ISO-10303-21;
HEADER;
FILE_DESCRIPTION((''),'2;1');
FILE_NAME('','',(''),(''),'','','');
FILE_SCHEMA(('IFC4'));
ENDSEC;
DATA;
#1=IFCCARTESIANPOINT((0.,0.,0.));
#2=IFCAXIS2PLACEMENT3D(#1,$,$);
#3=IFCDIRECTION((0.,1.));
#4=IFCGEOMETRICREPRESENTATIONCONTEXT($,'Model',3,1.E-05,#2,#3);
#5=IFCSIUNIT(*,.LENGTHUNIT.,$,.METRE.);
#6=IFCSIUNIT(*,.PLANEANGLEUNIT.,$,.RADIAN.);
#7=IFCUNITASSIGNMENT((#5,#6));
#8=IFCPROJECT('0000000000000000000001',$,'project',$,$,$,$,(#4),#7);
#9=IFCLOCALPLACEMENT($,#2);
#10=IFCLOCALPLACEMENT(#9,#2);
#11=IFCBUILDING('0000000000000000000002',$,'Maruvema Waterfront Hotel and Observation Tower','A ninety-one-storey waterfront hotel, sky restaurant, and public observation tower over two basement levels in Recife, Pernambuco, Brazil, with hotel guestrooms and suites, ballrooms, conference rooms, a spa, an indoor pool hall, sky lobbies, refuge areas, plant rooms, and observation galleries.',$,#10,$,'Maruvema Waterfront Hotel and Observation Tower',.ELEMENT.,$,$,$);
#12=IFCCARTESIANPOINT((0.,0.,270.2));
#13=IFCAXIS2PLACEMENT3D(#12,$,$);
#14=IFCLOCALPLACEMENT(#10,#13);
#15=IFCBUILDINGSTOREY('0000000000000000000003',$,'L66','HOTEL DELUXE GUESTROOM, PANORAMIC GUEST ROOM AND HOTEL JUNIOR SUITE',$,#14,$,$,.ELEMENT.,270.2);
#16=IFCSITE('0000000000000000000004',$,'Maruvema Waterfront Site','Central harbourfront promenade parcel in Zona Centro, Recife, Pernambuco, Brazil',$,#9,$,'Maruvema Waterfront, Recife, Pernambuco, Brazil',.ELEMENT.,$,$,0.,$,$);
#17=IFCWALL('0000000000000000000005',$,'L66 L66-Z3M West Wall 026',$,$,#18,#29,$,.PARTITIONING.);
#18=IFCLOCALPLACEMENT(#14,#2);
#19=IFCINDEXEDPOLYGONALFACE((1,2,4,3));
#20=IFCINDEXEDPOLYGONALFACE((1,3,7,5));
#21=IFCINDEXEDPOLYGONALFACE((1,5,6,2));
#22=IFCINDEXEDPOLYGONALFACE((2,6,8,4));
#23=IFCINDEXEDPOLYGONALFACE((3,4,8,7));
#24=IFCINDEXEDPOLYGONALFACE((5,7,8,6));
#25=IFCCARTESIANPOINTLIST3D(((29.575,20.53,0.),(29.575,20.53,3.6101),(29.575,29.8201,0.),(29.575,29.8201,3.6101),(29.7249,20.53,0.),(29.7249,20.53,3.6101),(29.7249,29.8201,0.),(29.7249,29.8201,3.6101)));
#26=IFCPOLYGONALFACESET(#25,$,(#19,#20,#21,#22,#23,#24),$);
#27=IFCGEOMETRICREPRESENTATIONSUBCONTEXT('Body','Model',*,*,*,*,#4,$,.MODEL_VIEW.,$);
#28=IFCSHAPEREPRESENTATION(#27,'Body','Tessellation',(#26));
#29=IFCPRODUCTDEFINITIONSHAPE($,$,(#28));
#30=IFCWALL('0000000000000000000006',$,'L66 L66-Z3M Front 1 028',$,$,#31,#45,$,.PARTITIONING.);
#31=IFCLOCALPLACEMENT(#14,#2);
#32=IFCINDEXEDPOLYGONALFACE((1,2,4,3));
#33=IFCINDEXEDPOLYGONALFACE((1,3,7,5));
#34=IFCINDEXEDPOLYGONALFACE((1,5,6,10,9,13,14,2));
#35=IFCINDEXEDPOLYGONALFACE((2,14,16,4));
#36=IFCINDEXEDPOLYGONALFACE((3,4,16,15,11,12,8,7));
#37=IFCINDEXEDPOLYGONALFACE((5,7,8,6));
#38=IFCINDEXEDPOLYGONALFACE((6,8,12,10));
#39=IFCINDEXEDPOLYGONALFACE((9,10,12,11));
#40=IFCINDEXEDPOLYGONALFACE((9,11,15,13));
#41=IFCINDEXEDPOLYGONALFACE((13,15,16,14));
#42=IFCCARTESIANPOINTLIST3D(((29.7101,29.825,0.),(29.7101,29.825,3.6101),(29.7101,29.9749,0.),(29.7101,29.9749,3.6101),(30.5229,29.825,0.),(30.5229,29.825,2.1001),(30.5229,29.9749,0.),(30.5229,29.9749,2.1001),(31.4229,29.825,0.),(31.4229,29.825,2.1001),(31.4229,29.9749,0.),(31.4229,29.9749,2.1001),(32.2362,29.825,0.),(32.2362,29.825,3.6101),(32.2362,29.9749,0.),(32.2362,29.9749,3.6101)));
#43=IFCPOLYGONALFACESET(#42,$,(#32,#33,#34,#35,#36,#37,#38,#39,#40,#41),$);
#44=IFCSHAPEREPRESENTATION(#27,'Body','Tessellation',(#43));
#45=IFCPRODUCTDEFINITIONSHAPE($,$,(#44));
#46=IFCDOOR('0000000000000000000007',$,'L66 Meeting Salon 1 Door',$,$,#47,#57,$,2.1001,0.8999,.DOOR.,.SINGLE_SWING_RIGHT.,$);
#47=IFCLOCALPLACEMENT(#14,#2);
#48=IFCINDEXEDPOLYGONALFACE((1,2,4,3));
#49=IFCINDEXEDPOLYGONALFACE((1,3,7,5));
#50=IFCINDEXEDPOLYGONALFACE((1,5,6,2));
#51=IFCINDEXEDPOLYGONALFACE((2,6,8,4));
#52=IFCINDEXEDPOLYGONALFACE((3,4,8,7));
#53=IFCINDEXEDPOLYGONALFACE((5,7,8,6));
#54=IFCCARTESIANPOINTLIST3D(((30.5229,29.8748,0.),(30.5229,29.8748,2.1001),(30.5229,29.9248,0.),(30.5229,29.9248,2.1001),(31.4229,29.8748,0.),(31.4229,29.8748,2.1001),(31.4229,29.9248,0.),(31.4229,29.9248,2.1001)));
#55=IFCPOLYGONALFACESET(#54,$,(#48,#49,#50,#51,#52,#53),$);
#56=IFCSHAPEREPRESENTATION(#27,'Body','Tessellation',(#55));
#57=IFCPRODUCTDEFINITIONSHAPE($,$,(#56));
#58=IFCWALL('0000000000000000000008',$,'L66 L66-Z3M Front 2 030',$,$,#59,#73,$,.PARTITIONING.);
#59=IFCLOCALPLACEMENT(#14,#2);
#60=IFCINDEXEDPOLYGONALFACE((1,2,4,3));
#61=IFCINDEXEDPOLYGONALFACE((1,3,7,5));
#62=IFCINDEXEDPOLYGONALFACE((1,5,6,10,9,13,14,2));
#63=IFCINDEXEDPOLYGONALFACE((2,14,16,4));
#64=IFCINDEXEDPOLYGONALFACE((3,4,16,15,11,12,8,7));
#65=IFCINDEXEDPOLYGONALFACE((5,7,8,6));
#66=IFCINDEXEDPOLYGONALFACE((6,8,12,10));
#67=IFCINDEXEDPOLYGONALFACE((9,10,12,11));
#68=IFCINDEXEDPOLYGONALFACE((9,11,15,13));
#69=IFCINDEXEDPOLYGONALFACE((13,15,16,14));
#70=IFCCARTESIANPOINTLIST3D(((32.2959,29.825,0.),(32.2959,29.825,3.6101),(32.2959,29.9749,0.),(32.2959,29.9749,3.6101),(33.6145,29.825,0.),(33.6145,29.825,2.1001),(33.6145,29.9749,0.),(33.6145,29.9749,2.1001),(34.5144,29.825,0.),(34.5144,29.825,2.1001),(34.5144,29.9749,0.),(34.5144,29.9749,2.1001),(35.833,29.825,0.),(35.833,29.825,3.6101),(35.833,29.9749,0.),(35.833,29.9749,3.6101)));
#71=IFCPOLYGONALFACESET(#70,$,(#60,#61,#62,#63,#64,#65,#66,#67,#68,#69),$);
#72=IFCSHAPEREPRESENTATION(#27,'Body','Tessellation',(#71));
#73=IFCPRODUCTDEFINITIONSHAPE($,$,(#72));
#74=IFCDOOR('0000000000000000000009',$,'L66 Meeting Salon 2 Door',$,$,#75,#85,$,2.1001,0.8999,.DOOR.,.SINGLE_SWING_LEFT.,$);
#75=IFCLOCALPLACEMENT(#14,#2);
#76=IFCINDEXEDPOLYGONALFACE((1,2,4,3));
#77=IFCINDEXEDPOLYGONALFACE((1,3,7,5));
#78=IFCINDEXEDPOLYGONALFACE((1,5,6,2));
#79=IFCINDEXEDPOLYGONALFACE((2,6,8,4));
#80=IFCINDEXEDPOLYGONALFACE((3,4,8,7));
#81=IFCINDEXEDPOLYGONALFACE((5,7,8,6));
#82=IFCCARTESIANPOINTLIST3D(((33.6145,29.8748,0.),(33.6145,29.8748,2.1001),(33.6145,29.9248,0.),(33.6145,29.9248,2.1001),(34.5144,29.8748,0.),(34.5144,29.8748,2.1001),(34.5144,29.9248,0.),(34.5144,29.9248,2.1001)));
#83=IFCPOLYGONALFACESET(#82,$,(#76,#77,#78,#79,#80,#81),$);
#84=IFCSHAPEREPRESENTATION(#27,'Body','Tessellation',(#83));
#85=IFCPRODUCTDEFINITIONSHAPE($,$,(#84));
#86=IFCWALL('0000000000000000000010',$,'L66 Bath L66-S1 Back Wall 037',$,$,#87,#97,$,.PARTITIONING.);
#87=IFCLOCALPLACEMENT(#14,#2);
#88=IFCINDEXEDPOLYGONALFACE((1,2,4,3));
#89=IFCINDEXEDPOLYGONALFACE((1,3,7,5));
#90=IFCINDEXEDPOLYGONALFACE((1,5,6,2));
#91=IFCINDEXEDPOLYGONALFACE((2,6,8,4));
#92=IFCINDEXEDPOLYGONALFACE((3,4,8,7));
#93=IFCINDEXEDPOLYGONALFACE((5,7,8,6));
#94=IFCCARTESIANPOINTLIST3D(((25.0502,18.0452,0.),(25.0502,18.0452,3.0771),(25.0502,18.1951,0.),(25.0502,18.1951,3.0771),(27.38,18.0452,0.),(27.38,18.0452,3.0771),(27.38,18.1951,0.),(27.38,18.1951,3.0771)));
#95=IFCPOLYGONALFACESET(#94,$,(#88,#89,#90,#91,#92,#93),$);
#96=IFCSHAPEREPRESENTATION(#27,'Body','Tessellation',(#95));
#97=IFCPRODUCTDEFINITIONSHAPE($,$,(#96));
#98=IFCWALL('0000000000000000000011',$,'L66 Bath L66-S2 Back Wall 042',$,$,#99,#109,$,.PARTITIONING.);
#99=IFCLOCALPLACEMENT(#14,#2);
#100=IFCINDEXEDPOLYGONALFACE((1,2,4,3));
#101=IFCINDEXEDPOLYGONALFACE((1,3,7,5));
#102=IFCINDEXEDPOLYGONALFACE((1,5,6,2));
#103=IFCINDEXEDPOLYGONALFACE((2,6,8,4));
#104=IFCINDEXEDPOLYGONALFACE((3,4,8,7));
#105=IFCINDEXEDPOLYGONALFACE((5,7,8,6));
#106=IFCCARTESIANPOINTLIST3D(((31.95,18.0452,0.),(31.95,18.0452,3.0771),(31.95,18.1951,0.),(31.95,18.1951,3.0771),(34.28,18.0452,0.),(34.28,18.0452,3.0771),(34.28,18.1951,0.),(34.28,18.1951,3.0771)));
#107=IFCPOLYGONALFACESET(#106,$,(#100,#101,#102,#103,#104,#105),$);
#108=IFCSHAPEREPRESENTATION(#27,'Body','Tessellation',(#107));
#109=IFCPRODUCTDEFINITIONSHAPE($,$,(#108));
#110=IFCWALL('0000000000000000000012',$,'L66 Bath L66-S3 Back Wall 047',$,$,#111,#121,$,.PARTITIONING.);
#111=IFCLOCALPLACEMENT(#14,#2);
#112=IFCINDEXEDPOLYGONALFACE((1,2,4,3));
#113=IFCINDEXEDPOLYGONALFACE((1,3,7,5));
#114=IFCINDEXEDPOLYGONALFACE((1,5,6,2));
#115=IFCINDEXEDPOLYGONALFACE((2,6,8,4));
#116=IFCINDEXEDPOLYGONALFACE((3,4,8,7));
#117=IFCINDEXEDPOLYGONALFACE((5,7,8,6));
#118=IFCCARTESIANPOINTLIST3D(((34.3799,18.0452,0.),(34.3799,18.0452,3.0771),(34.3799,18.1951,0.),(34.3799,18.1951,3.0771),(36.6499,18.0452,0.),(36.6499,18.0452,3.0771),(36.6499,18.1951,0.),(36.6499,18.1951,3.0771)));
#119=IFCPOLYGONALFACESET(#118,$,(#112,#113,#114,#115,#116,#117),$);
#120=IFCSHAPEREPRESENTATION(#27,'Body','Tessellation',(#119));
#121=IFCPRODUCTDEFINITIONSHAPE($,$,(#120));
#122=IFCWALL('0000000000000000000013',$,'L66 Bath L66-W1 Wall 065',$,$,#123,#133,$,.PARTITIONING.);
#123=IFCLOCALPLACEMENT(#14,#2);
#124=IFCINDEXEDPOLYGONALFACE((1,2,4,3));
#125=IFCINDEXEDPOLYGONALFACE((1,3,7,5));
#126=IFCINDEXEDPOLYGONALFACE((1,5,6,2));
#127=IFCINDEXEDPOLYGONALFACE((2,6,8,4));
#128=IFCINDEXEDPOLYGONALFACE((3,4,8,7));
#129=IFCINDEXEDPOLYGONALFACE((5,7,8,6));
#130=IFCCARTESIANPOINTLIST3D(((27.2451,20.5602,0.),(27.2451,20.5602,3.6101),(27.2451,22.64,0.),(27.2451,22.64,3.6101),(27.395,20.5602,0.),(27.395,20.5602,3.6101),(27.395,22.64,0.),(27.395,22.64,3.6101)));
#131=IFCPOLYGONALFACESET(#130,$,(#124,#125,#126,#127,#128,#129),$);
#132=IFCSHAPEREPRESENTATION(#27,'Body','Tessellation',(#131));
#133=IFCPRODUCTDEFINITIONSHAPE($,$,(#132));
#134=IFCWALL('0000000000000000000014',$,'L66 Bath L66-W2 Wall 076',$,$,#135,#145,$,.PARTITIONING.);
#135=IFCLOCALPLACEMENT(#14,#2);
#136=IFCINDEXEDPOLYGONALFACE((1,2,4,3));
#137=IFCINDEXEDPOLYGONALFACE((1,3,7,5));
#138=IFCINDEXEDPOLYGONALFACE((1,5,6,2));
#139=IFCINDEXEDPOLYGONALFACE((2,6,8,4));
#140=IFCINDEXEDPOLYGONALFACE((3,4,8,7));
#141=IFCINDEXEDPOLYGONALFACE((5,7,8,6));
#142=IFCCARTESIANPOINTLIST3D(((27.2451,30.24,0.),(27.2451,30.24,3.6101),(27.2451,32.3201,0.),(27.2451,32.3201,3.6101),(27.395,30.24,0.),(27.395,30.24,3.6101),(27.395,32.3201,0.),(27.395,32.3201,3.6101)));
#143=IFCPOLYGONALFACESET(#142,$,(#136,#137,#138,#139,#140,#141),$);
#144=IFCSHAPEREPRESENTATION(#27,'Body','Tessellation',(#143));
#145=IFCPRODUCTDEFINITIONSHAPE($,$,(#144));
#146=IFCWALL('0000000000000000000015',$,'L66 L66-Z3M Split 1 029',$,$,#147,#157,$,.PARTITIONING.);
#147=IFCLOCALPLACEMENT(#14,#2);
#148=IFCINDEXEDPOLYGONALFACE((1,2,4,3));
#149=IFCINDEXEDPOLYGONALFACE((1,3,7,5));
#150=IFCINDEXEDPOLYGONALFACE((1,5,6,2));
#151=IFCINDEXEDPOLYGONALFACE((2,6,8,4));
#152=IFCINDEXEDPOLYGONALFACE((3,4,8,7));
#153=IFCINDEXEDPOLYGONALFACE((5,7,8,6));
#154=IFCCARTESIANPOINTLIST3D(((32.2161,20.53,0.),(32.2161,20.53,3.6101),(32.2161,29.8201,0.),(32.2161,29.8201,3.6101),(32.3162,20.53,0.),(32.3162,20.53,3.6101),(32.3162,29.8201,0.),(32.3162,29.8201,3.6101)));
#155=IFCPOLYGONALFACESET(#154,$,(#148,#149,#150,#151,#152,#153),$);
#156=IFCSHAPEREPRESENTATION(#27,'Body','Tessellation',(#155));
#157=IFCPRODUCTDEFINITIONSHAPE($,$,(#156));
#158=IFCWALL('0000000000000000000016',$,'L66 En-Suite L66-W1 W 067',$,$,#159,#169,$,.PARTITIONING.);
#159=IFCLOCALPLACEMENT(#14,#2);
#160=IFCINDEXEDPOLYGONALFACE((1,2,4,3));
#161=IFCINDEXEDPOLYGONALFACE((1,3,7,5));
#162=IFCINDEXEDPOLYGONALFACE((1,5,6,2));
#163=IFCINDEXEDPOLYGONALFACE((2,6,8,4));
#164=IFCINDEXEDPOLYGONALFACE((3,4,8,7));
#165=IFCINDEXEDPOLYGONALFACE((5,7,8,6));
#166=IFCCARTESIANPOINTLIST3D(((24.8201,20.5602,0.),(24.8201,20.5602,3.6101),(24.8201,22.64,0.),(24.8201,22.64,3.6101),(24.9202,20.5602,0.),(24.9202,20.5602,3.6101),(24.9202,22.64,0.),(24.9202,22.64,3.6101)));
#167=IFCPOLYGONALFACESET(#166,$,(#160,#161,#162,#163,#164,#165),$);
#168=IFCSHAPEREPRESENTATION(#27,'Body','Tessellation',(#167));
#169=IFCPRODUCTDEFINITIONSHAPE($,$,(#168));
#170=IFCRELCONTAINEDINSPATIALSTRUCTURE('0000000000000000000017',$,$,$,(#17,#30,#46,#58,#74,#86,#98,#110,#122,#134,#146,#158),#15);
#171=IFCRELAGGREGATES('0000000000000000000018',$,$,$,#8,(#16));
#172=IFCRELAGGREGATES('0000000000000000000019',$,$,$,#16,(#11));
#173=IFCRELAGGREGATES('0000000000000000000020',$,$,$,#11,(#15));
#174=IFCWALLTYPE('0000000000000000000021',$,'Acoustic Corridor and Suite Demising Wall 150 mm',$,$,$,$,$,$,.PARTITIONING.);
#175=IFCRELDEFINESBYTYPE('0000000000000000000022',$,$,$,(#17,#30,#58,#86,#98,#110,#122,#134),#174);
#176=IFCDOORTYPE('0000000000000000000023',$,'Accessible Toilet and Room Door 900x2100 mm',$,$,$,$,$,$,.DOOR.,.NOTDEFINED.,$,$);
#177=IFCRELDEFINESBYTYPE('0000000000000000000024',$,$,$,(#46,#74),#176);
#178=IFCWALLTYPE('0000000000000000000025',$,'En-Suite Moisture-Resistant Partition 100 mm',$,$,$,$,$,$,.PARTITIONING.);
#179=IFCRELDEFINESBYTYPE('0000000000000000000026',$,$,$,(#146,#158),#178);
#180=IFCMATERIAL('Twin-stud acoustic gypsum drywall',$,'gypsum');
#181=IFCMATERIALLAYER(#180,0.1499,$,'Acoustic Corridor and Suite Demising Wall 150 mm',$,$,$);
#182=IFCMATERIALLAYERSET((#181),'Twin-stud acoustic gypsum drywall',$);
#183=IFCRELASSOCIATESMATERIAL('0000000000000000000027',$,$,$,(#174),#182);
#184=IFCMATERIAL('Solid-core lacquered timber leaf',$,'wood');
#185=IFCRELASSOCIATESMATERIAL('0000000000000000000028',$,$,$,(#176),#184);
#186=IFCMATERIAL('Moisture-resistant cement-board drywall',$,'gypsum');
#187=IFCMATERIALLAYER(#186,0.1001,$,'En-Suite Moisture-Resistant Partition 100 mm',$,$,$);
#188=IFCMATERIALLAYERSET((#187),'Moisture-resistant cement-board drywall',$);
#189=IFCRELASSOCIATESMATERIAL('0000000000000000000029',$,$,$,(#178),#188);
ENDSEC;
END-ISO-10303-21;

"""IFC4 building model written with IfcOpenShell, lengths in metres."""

from ifc_helpers import new_model, si_unit, direction, frame, frame_2d, origin, place, context, subcontext, project, spatial, rectangle, extrude, material, layer, layer_set, type_object, element, fill, save


model = new_model("IFC4")

# Units and contexts
model_context = context("Model", 3, precision=1e-05, world=origin(), true_north=direction((0.0, 1.0)))
body_context = subcontext(model_context, "Body", "Model", "MODEL_VIEW")
ifc_project = project(units=[si_unit("LENGTHUNIT", "METRE"), si_unit("PLANEANGLEUNIT", "RADIAN")], contexts=[model_context])

# Site, building, storey
site_placement = place(None, origin())
site = spatial("IfcSite", under=ifc_project, at=site_placement, Name="Maruvema Waterfront Site", Description="Central harbourfront promenade parcel in Zona Centro, Recife, Pernambuco, Brazil", LongName="Maruvema Waterfront, Recife, Pernambuco, Brazil", CompositionType="ELEMENT", RefElevation=0.0)
building_placement = place(site_placement, origin())
building = spatial("IfcBuilding", under=site, at=building_placement, Name="Maruvema Waterfront Hotel and Observation Tower", Description="A ninety-one-storey waterfront hotel, sky restaurant, and public observation tower over two basement levels in Recife, Pernambuco, Brazil, with hotel guestrooms and suites, ballrooms, conference rooms, a spa, an indoor pool hall, sky lobbies, refuge areas, plant rooms, and observation galleries.", LongName="Maruvema Waterfront Hotel and Observation Tower", CompositionType="ELEMENT")
storey_placement = place(building_placement, frame((0.0, 0.0, 270.2)))
storey = spatial("IfcBuildingStorey", under=building, at=storey_placement, Name="L66", Description="HOTEL DELUXE GUESTROOM, PANORAMIC GUEST ROOM AND HOTEL JUNIOR SUITE", CompositionType="ELEMENT", Elevation=270.2)

# Wall
ifc_material_1 = material(Name="Twin-stud acoustic gypsum drywall", Category="gypsum")
ifc_layer_1 = layer(ifc_material_1, 0.1499, Name="Acoustic Corridor and Suite Demising Wall 150 mm")
ifc_layer_set_1 = layer_set([ifc_layer_1], Name="Twin-stud acoustic gypsum drywall")
wall_type_1 = type_object("IfcWallType", Name="Acoustic Corridor and Suite Demising Wall 150 mm", PredefinedType="PARTITIONING", material=ifc_layer_set_1)
wall_1_placement = place(storey_placement, frame((29.6499, 20.53, 0.0), z_axis=(0.0, 0.0, 1.0), x_axis=(0.0, 1.0, 0.0)))
element("IfcWall", 1, at=wall_1_placement, inside=storey, type_object=wall_type_1, Name="L66 L66-Z3M West Wall 026", PredefinedType="PARTITIONING", context=body_context, shape_type="SweptSolid", body=[
    extrude(rectangle(XDim=9.29, YDim=0.1499, at=frame_2d((4.645, 0.0))), origin(), (0.0, 0.0, 1.0), 3.6101),
])

# Walls, openings, doors
wall_2_placement = place(storey_placement, frame((29.71, 29.8999, 0.0), z_axis=(0.0, 0.0, 1.0), x_axis=(1.0, 0.0, 0.0)))
wall_2 = element("IfcWall", 2, at=wall_2_placement, inside=storey, type_object=wall_type_1, Name="L66 L66-Z3M Front 1 028", PredefinedType="PARTITIONING", context=body_context, shape_type="SweptSolid", body=[
    extrude(rectangle(XDim=2.5261, YDim=0.1499, at=frame_2d((1.2632, 0.0))), origin(), (0.0, 0.0, 1.0), 3.6101),
])
opening_1_placement = place(wall_2_placement, frame((0.813, 0.0, 0.0)))
opening_1 = element("IfcOpeningElement", 3, at=opening_1_placement, cuts=wall_2, PredefinedType="OPENING", context=body_context, shape_type="SweptSolid", body=[
    extrude(rectangle(XDim=0.8999, YDim=2.1001, at=frame_2d((0.45, 1.05))), frame((0.0, 0.085, 0.0), z_axis=(0.0, -1.0, 0.0), x_axis=(1.0, 0.0, 0.0)), (0.0, 0.0, 1.0), 0.1699),
])
ifc_material_2 = material(Name="Solid-core lacquered timber leaf", Category="wood")
door_type_1 = type_object("IfcDoorType", Name="Accessible Toilet and Room Door 900x2100 mm", OperationType="NOTDEFINED", PredefinedType="DOOR", material=ifc_material_2)
door_1_placement = place(opening_1_placement, origin())
door_1 = element("IfcDoor", 4, at=door_1_placement, inside=storey, type_object=door_type_1, Name="L66 Meeting Salon 1 Door", OperationType="SINGLE_SWING_RIGHT", OverallHeight=2.1001, OverallWidth=0.8999, PredefinedType="DOOR", context=body_context, shape_type="SweptSolid", body=[
    extrude(rectangle(XDim=0.8999, YDim=2.1001, at=frame_2d((0.45, 1.05))), frame((0.0, 0.0249, 0.0), z_axis=(0.0, -1.0, 0.0), x_axis=(1.0, 0.0, 0.0)), (0.0, 0.0, 1.0), 0.05),
])
fill(opening_1, door_1)
wall_3_placement = place(storey_placement, frame((32.2959, 29.8999, 0.0), z_axis=(0.0, 0.0, 1.0), x_axis=(1.0, 0.0, 0.0)))
wall_3 = element("IfcWall", 5, at=wall_3_placement, inside=storey, type_object=wall_type_1, Name="L66 L66-Z3M Front 2 030", PredefinedType="PARTITIONING", context=body_context, shape_type="SweptSolid", body=[
    extrude(rectangle(XDim=3.5371, YDim=0.1499, at=frame_2d((1.7686, 0.0))), origin(), (0.0, 0.0, 1.0), 3.6101),
])
opening_2_placement = place(wall_3_placement, frame((1.3186, 0.0, 0.0)))
opening_2 = element("IfcOpeningElement", 6, at=opening_2_placement, cuts=wall_3, PredefinedType="OPENING", context=body_context, shape_type="SweptSolid", body=[
    extrude(rectangle(XDim=0.8999, YDim=2.1001, at=frame_2d((0.45, 1.05))), frame((0.0, 0.085, 0.0), z_axis=(0.0, -1.0, 0.0), x_axis=(1.0, 0.0, 0.0)), (0.0, 0.0, 1.0), 0.1699),
])
door_2_placement = place(opening_2_placement, origin())
door_2 = element("IfcDoor", 7, at=door_2_placement, inside=storey, type_object=door_type_1, Name="L66 Meeting Salon 2 Door", OperationType="SINGLE_SWING_LEFT", OverallHeight=2.1001, OverallWidth=0.8999, PredefinedType="DOOR", context=body_context, shape_type="SweptSolid", body=[
    extrude(rectangle(XDim=0.8999, YDim=2.1001, at=frame_2d((0.45, 1.05))), frame((0.0, 0.0249, 0.0), z_axis=(0.0, -1.0, 0.0), x_axis=(1.0, 0.0, 0.0)), (0.0, 0.0, 1.0), 0.05),
])
fill(opening_2, door_2)

# Walls
wall_4_placement = place(storey_placement, frame((25.05, 18.1201, 0.0), z_axis=(0.0, 0.0, 1.0), x_axis=(1.0, 0.0, 0.0)))
element("IfcWall", 8, at=wall_4_placement, inside=storey, type_object=wall_type_1, Name="L66 Bath L66-S1 Back Wall 037", PredefinedType="PARTITIONING", context=body_context, shape_type="SweptSolid", body=[
    extrude(rectangle(XDim=2.3298, YDim=0.1499, at=frame_2d((1.165, 0.0))), origin(), (0.0, 0.0, 1.0), 3.0771),
])
wall_5_placement = place(storey_placement, frame((31.95, 18.1201, 0.0), z_axis=(0.0, 0.0, 1.0), x_axis=(1.0, 0.0, 0.0)))
element("IfcWall", 9, at=wall_5_placement, inside=storey, type_object=wall_type_1, Name="L66 Bath L66-S2 Back Wall 042", PredefinedType="PARTITIONING", context=body_context, shape_type="SweptSolid", body=[
    extrude(rectangle(XDim=2.3301, YDim=0.1499, at=frame_2d((1.165, 0.0))), origin(), (0.0, 0.0, 1.0), 3.0771),
])

# Walls
wall_6_placement = place(storey_placement, frame((34.3799, 18.1201, 0.0), z_axis=(0.0, 0.0, 1.0), x_axis=(1.0, 0.0, 0.0)))
element("IfcWall", 10, at=wall_6_placement, inside=storey, type_object=wall_type_1, Name="L66 Bath L66-S3 Back Wall 047", PredefinedType="PARTITIONING", context=body_context, shape_type="SweptSolid", body=[
    extrude(rectangle(XDim=2.27, YDim=0.1499, at=frame_2d((1.135, 0.0))), origin(), (0.0, 0.0, 1.0), 3.0771),
])
wall_7_placement = place(storey_placement, frame((27.3201, 20.5601, 0.0), z_axis=(0.0, 0.0, 1.0), x_axis=(0.0, 1.0, 0.0)))
element("IfcWall", 11, at=wall_7_placement, inside=storey, type_object=wall_type_1, Name="L66 Bath L66-W1 Wall 065", PredefinedType="PARTITIONING", context=body_context, shape_type="SweptSolid", body=[
    extrude(rectangle(XDim=2.0798, YDim=0.1499, at=frame_2d((1.04, 0.0))), origin(), (0.0, 0.0, 1.0), 3.6101),
])

# Walls
wall_8_placement = place(storey_placement, frame((27.3201, 30.24, 0.0), z_axis=(0.0, 0.0, 1.0), x_axis=(0.0, 1.0, 0.0)))
element("IfcWall", 12, at=wall_8_placement, inside=storey, type_object=wall_type_1, Name="L66 Bath L66-W2 Wall 076", PredefinedType="PARTITIONING", context=body_context, shape_type="SweptSolid", body=[
    extrude(rectangle(XDim=2.0801, YDim=0.1499, at=frame_2d((1.04, 0.0))), origin(), (0.0, 0.0, 1.0), 3.6101),
])
ifc_material_3 = material(Name="Moisture-resistant cement-board drywall", Category="gypsum")
ifc_layer_2 = layer(ifc_material_3, 0.1001, Name="En-Suite Moisture-Resistant Partition 100 mm")
ifc_layer_set_2 = layer_set([ifc_layer_2], Name="Moisture-resistant cement-board drywall")
wall_type_2 = type_object("IfcWallType", Name="En-Suite Moisture-Resistant Partition 100 mm", PredefinedType="PARTITIONING", material=ifc_layer_set_2)
wall_9_placement = place(storey_placement, frame((32.2661, 20.53, 0.0), z_axis=(0.0, 0.0, 1.0), x_axis=(0.0, 1.0, 0.0)))
element("IfcWall", 13, at=wall_9_placement, inside=storey, type_object=wall_type_2, Name="L66 L66-Z3M Split 1 029", PredefinedType="PARTITIONING", context=body_context, shape_type="SweptSolid", body=[
    extrude(rectangle(XDim=9.29, YDim=0.1001, at=frame_2d((4.645, 0.0))), origin(), (0.0, 0.0, 1.0), 3.6101),
])
wall_10_placement = place(storey_placement, frame((24.8701, 20.5601, 0.0), z_axis=(0.0, 0.0, 1.0), x_axis=(0.0, 1.0, 0.0)))
element("IfcWall", 14, at=wall_10_placement, inside=storey, type_object=wall_type_2, Name="L66 En-Suite L66-W1 W 067", PredefinedType="PARTITIONING", context=body_context, shape_type="SweptSolid", body=[
    extrude(rectangle(XDim=2.0798, YDim=0.1001, at=frame_2d((1.04, 0.0))), origin(), (0.0, 0.0, 1.0), 3.6101),
])

save(model, "model.ifc")
